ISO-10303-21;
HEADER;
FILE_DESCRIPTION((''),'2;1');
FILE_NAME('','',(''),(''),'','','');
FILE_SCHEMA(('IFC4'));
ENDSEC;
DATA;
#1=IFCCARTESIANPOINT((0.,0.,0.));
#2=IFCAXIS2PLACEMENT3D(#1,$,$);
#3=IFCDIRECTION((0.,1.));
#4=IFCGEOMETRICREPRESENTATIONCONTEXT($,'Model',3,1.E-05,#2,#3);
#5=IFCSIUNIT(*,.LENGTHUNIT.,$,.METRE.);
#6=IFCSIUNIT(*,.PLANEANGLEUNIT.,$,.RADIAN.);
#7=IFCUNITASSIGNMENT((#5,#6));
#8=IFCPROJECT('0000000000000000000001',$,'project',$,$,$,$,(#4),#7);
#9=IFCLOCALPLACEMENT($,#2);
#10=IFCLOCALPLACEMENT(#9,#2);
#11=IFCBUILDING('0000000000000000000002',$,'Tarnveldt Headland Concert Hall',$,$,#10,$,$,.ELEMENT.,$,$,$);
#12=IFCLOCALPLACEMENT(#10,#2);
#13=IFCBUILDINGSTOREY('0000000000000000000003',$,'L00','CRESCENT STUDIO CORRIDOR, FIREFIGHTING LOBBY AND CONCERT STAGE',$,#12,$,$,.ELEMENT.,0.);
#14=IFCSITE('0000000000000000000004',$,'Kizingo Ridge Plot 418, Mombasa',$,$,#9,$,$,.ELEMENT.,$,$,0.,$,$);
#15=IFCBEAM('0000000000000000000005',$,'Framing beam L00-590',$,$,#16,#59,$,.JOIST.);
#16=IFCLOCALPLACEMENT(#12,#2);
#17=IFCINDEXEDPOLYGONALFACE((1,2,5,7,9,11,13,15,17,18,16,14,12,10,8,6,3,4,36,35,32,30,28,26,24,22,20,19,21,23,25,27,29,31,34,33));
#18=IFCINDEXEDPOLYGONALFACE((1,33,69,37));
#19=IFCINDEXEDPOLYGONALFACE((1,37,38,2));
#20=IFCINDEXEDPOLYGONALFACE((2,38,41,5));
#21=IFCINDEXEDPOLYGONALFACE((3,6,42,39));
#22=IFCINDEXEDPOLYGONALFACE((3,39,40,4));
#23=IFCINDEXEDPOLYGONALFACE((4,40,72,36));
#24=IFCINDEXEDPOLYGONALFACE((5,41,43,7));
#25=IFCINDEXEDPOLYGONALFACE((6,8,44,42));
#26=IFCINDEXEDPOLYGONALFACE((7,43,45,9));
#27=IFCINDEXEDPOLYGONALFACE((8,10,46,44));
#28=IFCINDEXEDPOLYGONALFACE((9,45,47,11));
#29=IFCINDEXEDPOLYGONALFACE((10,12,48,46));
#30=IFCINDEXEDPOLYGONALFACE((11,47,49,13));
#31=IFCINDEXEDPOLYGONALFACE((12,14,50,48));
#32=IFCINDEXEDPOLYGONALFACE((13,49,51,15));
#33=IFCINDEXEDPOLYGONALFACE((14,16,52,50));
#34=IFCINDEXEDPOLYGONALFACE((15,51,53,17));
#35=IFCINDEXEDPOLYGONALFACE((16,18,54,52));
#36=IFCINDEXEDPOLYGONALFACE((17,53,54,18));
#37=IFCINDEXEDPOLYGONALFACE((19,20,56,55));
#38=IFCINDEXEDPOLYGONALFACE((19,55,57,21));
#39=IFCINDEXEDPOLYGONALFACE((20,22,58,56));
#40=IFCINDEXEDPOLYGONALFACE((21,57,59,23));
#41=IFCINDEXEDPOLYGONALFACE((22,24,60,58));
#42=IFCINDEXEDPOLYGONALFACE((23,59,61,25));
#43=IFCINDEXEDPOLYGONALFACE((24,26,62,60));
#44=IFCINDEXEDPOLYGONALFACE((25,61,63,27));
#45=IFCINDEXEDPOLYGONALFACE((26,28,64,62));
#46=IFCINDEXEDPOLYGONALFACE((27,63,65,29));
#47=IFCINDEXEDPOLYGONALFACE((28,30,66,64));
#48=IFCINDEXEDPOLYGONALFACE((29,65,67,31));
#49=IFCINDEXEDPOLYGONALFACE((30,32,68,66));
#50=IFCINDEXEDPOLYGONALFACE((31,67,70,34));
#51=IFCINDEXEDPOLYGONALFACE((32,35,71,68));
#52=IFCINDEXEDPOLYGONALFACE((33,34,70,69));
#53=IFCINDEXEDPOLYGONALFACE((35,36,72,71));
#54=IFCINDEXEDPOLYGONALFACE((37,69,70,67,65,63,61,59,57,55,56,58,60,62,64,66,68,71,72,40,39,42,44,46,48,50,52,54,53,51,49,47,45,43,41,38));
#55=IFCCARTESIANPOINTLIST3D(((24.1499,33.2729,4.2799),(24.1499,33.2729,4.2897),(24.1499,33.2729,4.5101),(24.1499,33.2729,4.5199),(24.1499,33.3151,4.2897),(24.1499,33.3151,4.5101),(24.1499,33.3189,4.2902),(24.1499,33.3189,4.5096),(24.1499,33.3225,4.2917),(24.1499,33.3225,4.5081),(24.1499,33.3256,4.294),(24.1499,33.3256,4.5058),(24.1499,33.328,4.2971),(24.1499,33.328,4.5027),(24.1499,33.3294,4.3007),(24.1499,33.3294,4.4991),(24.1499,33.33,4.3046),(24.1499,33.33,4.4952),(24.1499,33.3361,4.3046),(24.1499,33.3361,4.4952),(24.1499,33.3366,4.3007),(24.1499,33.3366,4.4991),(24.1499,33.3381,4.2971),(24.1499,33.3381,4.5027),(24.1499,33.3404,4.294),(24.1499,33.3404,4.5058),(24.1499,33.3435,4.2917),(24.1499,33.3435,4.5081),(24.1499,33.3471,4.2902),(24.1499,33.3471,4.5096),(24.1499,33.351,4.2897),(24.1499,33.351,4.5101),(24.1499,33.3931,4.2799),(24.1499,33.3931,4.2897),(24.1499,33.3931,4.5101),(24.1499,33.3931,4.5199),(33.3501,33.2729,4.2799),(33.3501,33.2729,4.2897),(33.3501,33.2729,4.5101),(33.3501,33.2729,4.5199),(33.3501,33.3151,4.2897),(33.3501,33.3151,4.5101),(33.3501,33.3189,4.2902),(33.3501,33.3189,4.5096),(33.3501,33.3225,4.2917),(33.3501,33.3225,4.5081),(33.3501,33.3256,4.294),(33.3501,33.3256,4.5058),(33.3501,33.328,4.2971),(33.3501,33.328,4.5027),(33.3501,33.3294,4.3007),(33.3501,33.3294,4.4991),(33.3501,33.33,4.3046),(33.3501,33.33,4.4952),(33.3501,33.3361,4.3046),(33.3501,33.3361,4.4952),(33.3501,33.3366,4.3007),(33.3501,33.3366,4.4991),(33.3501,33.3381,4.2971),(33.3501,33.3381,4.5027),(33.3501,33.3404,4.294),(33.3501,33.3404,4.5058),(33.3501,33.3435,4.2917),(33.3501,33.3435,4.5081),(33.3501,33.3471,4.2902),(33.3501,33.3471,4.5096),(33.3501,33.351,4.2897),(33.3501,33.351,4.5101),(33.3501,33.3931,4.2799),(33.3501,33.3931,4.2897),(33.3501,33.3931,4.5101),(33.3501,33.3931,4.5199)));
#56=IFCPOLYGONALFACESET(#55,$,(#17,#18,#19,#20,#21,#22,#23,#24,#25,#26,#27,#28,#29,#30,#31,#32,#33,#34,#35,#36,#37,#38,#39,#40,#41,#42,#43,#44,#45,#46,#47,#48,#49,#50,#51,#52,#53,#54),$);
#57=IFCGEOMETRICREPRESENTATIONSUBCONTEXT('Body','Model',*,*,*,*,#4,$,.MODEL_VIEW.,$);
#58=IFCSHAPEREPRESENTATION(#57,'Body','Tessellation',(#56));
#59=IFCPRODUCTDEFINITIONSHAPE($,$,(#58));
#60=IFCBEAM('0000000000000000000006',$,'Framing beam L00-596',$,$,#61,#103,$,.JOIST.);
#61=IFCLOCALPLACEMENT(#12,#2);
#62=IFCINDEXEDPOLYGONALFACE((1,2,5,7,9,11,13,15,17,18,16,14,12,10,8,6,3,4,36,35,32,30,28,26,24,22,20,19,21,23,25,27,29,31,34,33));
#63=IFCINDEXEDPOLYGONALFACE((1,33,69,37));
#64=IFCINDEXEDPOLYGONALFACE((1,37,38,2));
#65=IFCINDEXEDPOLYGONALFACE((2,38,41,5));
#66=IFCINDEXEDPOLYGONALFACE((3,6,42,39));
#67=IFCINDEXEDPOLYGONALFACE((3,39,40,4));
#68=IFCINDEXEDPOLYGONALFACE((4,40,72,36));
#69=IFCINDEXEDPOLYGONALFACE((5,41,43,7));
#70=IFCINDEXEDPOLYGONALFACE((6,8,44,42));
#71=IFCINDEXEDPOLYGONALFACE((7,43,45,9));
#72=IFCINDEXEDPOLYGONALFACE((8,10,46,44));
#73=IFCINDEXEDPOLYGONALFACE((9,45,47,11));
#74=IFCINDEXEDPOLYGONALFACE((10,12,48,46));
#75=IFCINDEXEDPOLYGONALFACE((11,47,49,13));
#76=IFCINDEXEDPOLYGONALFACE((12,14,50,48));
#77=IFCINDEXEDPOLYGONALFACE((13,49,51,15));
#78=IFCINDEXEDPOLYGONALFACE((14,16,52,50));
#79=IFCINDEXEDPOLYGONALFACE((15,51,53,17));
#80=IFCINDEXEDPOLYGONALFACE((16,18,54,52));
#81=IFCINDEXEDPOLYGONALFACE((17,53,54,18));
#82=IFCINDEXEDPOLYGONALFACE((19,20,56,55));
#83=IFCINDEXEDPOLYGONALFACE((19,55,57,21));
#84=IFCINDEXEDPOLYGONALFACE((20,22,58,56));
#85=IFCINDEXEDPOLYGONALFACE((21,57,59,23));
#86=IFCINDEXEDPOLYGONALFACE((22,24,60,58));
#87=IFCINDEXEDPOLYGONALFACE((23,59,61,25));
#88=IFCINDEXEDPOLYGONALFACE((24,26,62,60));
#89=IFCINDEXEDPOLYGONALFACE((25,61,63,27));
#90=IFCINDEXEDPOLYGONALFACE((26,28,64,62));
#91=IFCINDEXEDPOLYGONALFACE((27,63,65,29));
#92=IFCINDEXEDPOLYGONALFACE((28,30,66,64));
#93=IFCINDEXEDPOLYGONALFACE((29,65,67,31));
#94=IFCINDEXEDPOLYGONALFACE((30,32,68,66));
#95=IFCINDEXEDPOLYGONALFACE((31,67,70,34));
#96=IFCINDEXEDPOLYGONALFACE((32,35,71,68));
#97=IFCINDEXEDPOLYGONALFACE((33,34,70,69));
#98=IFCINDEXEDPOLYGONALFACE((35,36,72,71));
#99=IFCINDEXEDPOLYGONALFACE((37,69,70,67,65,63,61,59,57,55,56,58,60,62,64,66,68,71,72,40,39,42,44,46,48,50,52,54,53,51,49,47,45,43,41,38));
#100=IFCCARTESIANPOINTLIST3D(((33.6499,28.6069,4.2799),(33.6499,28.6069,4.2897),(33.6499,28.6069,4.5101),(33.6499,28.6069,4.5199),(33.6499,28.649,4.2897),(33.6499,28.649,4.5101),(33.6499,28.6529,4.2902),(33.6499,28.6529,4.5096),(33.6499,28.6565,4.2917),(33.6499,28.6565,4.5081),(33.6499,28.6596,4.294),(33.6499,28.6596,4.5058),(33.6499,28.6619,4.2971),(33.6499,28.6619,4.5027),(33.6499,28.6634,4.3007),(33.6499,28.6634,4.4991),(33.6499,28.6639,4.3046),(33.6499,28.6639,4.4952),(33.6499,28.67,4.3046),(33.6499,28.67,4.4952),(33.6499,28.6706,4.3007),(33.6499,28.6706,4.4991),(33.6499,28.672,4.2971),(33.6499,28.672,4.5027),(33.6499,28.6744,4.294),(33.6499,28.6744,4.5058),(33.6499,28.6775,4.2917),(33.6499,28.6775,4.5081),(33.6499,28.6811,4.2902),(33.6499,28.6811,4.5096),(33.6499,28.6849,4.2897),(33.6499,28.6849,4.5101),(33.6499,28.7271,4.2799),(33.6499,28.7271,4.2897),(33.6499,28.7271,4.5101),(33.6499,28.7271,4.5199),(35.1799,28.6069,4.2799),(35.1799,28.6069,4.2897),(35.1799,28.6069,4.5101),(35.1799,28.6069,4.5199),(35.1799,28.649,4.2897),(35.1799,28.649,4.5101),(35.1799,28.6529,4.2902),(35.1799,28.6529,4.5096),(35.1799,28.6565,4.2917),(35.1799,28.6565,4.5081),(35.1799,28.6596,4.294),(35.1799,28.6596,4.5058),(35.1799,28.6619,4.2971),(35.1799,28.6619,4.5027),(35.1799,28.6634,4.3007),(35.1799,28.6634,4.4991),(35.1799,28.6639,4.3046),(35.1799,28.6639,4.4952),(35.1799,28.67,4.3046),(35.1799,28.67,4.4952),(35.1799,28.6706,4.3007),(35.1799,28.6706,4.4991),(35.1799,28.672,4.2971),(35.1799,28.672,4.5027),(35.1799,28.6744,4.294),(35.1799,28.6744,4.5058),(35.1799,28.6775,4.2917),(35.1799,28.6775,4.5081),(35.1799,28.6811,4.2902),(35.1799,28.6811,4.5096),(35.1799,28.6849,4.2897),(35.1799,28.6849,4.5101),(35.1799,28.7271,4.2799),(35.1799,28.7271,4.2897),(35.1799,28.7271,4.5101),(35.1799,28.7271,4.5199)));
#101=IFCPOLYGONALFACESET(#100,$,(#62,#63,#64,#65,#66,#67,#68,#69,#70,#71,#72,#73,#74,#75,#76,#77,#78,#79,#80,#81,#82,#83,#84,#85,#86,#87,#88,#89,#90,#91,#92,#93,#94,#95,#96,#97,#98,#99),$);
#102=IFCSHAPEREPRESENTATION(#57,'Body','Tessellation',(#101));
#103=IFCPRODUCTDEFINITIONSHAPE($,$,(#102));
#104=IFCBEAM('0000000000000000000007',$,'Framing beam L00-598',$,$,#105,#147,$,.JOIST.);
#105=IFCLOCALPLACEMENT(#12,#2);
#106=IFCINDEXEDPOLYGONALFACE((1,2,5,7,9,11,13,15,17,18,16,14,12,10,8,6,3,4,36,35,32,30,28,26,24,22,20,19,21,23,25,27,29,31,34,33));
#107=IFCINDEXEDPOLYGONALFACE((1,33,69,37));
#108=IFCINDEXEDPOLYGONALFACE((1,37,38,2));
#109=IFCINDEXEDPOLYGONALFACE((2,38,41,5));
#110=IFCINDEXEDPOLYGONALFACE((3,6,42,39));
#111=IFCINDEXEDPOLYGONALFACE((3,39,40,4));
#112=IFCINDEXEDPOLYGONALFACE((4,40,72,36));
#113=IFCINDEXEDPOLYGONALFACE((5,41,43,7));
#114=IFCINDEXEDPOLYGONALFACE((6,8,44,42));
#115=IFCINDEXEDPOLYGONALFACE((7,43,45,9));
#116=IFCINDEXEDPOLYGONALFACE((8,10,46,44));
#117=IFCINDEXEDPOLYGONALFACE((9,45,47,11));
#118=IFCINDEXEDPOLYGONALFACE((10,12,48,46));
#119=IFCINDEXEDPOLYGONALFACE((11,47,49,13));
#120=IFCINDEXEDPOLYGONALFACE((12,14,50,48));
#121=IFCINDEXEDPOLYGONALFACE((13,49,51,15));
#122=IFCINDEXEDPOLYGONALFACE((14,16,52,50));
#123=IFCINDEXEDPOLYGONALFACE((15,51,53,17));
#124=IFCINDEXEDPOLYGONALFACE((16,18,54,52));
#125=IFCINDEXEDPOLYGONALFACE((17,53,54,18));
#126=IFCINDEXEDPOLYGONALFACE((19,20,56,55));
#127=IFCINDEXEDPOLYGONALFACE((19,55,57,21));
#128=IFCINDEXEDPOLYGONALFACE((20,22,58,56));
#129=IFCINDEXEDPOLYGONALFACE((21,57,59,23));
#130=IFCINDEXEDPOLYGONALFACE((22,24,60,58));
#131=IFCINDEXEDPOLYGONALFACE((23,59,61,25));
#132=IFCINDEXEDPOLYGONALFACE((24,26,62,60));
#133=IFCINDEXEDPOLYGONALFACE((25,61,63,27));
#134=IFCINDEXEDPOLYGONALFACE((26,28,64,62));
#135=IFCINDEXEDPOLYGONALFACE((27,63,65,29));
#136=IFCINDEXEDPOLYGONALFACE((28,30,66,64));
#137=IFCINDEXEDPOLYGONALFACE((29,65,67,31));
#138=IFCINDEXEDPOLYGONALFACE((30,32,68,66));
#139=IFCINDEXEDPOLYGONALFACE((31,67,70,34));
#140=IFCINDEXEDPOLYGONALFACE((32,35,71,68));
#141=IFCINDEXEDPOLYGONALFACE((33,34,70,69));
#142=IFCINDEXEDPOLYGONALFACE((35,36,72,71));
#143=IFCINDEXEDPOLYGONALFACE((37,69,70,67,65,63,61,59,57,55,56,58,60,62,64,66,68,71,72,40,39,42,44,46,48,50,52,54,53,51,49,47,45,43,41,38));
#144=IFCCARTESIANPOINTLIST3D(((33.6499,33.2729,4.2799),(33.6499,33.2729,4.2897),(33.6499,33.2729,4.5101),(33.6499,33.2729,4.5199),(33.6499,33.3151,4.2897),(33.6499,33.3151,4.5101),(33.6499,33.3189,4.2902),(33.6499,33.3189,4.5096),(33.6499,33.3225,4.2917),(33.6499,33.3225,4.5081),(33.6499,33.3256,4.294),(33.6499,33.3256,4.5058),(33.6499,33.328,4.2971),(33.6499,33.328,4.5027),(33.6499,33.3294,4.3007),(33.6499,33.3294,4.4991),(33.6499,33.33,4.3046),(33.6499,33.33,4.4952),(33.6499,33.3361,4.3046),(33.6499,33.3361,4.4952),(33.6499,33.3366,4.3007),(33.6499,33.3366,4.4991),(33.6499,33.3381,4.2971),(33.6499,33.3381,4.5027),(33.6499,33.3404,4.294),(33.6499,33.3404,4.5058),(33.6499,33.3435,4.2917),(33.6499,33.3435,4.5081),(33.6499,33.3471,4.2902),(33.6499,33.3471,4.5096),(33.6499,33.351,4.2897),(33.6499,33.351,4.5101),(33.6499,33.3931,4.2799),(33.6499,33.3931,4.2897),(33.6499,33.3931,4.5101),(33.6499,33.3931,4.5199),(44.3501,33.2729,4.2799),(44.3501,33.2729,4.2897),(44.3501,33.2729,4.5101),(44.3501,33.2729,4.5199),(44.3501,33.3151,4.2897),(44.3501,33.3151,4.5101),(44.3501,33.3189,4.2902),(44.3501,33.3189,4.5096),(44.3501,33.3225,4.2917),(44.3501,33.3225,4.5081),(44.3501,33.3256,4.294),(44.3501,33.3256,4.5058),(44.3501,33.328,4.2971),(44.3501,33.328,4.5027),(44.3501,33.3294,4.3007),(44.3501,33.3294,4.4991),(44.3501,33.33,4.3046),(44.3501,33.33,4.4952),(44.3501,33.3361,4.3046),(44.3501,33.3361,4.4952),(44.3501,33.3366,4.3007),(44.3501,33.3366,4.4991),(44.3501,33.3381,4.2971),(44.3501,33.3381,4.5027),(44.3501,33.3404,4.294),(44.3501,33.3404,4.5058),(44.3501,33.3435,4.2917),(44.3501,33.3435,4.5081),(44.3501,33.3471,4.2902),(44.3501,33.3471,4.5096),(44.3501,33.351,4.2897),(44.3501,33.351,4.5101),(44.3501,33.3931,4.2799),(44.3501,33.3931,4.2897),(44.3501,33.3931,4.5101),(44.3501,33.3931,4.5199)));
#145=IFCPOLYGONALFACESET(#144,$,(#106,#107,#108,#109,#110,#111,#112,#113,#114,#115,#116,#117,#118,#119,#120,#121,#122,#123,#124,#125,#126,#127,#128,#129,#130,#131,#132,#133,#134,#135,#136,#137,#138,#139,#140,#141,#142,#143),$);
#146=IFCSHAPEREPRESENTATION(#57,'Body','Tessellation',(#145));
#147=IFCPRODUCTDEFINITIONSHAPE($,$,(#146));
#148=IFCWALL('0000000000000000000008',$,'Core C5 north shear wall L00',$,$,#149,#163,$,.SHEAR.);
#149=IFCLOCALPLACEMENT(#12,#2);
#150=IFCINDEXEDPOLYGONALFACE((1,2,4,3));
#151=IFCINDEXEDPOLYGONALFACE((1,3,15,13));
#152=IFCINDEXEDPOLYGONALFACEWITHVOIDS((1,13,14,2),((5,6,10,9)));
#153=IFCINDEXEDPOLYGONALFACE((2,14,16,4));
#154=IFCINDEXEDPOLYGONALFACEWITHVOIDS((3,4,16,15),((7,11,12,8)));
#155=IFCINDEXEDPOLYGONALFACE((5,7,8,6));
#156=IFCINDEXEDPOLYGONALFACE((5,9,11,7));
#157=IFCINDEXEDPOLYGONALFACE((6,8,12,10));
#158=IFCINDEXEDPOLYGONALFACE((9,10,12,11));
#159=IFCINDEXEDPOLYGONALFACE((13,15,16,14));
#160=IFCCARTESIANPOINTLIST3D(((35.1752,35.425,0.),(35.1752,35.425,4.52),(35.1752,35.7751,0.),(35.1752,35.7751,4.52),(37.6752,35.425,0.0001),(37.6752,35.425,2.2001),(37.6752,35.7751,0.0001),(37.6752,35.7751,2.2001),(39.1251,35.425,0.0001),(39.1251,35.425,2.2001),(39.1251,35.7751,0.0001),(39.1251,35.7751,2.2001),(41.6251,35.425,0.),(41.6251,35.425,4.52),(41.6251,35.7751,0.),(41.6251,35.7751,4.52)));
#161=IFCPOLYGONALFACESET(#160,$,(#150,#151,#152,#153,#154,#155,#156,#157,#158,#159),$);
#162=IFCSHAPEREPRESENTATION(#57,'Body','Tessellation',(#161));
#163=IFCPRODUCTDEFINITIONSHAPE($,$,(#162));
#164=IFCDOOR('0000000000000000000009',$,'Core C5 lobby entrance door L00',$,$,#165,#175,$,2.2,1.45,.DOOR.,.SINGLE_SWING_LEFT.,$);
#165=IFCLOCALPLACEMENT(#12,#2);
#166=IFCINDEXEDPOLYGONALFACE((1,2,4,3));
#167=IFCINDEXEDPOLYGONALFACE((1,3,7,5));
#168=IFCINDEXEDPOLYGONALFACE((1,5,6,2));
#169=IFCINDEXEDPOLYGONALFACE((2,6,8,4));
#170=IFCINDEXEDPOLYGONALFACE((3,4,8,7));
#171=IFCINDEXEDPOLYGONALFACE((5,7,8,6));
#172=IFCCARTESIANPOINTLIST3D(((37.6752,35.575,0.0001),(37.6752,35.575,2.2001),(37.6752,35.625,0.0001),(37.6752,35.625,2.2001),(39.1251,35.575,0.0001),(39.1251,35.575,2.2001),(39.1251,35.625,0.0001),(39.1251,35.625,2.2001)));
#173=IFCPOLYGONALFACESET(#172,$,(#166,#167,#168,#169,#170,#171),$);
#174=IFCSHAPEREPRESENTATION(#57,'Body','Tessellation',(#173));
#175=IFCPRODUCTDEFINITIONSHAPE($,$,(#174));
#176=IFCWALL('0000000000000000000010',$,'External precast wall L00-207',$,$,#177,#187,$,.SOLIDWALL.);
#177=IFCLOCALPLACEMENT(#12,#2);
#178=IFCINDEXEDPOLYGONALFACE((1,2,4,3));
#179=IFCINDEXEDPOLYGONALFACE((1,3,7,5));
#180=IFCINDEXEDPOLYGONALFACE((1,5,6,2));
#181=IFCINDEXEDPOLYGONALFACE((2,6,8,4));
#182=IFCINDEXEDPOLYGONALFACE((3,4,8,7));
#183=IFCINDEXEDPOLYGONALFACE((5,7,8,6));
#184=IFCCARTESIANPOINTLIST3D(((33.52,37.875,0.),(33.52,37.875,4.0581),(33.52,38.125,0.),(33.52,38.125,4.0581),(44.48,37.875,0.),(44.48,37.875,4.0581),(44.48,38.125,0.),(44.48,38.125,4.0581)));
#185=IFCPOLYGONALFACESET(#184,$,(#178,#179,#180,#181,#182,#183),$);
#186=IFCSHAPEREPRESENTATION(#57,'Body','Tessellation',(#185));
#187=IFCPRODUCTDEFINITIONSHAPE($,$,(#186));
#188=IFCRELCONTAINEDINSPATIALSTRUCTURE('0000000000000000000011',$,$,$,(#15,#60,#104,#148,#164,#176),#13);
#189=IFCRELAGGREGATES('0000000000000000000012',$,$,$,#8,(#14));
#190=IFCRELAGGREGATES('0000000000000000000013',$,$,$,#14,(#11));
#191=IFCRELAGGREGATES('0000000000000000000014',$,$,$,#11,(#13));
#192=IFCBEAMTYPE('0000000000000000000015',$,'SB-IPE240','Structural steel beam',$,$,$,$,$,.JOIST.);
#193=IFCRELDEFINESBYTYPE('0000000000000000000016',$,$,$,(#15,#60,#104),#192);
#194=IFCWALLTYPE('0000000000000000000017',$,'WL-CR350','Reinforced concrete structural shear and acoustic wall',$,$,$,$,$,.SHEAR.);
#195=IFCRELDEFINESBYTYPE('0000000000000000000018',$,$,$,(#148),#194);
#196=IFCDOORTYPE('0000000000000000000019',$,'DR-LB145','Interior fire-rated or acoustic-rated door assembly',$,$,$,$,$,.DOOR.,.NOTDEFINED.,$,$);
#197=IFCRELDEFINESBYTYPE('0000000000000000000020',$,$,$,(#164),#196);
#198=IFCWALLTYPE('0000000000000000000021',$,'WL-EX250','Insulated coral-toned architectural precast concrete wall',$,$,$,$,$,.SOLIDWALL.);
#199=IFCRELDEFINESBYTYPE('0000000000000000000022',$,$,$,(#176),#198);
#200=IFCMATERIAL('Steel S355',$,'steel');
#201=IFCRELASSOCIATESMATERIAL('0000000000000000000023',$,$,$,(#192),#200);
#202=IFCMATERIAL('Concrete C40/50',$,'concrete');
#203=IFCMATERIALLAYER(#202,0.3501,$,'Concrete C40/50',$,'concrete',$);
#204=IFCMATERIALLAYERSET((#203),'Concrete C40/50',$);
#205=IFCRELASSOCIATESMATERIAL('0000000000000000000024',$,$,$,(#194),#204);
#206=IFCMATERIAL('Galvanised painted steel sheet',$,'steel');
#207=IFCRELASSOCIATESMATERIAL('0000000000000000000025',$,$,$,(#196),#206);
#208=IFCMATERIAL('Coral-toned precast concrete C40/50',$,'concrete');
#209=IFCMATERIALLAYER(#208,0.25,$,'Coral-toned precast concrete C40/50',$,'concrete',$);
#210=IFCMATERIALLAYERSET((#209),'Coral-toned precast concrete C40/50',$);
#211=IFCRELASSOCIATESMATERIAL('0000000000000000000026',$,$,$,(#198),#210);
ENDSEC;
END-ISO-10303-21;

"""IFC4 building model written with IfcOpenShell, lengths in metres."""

from ifc_helpers import new_model, si_unit, direction, frame, frame_2d, origin, origin_2d, place, context, subcontext, project, spatial, rectangle, i_section, extrude, material, layer, layer_set, material_profile, profile_set, type_object, element, fill, save


model = new_model("IFC4")

# Units and contexts
model_context = context("Model", 3, precision=1e-05, world=origin(), true_north=direction((0.0, 1.0)))
body_context = subcontext(model_context, "Body", "Model", "MODEL_VIEW")
ifc_project = project(units=[si_unit("LENGTHUNIT", "METRE"), si_unit("PLANEANGLEUNIT", "RADIAN")], contexts=[model_context])

# Site, building, storey
site_placement = place(None, origin())
site = spatial("IfcSite", under=ifc_project, at=site_placement, Name="Kizingo Ridge Plot 418, Mombasa", CompositionType="ELEMENT", RefElevation=0.0)
building_placement = place(site_placement, origin())
building = spatial("IfcBuilding", under=site, at=building_placement, Name="Tarnveldt Headland Concert Hall", CompositionType="ELEMENT")
storey_placement = place(building_placement, origin())
storey = spatial("IfcBuildingStorey", under=building, at=storey_placement, Name="L00", Description="CRESCENT STUDIO CORRIDOR, FIREFIGHTING LOBBY AND CONCERT STAGE", CompositionType="ELEMENT", Elevation=0.0)

# Shared definitions
ifc_material_1 = material(Name="Concrete C40/50", Category="concrete")

# Beams
ifc_material_2 = material(Name="Steel S355", Category="steel")
ifc_material_profile_1 = material_profile(ifc_material_2, i_section(OverallWidth=0.1201, OverallDepth=0.24, WebThickness=0.0061, FlangeThickness=0.0098, FilletRadius=0.0149, at=origin_2d()), Name="IPE240", Category="steel")
ifc_profile_set_1 = profile_set([ifc_material_profile_1], Name="Steel S355")
beam_type_1 = type_object("IfcBeamType", Name="SB-IPE240", Description="Structural steel beam", PredefinedType="JOIST", material=ifc_profile_set_1)
for number, where, z_axis, x_axis, name in (
    (1, (24.1499, 33.333, 4.3999), (1.0, 0.0, 0.0), (0.0, 1.0, 0.0), "Framing beam L00-590"),
):
    element("IfcBeam", number, at=place(storey_placement, frame(where, z_axis=z_axis, x_axis=x_axis)), inside=storey, type_object=beam_type_1, Name=name, PredefinedType="JOIST", context=body_context, shape_type="SweptSolid", body=[
        extrude(i_section(OverallWidth=0.1201, OverallDepth=0.24, WebThickness=0.0061, FlangeThickness=0.0098, FilletRadius=0.0149, at=origin_2d()), origin(), (0.0, 0.0, 1.0), 9.2002),
    ])
beam_1_placement = place(storey_placement, frame((33.6499, 28.667, 4.3999), z_axis=(1.0, 0.0, 0.0), x_axis=(0.0, 1.0, 0.0)))
element("IfcBeam", 2, at=beam_1_placement, inside=storey, type_object=beam_type_1, Name="Framing beam L00-596", PredefinedType="JOIST", context=body_context, shape_type="SweptSolid", body=[
    extrude(i_section(OverallWidth=0.1201, OverallDepth=0.24, WebThickness=0.0061, FlangeThickness=0.0098, FilletRadius=0.0149, at=origin_2d()), origin(), (0.0, 0.0, 1.0), 1.53),
])
beam_2_placement = place(storey_placement, frame((33.6499, 33.333, 4.3999), z_axis=(1.0, 0.0, 0.0), x_axis=(0.0, 1.0, 0.0)))
element("IfcBeam", 3, at=beam_2_placement, inside=storey, type_object=beam_type_1, Name="Framing beam L00-598", PredefinedType="JOIST", context=body_context, shape_type="SweptSolid", body=[
    extrude(i_section(OverallWidth=0.1201, OverallDepth=0.24, WebThickness=0.0061, FlangeThickness=0.0098, FilletRadius=0.0149, at=origin_2d()), origin(), (0.0, 0.0, 1.0), 10.7002),
])

# Wall, opening, door
ifc_layer_1 = layer(ifc_material_1, 0.3501, Name="Concrete C40/50", Category="concrete")
ifc_layer_set_1 = layer_set([ifc_layer_1], Name="Concrete C40/50")
wall_type_1 = type_object("IfcWallType", Name="WL-CR350", Description="Reinforced concrete structural shear and acoustic wall", PredefinedType="SHEAR", material=ifc_layer_set_1)
wall_1_placement = place(storey_placement, frame((35.175, 35.6001, 0.0), z_axis=(0.0, 0.0, 1.0), x_axis=(1.0, 0.0, 0.0)))
wall_1 = element("IfcWall", 4, at=wall_1_placement, inside=storey, type_object=wall_type_1, Name="Core C5 north shear wall L00", PredefinedType="SHEAR", context=body_context, shape_type="SweptSolid", body=[
    extrude(rectangle(XDim=6.45, YDim=0.3501, at=frame_2d((3.2251, 0.0))), origin(), (0.0, 0.0, 1.0), 4.52),
])
opening_1_placement = place(wall_1_placement, frame((2.5, 0.0, 0.0)))
opening_1 = element("IfcOpeningElement", 5, at=opening_1_placement, cuts=wall_1, PredefinedType="OPENING", context=body_context, shape_type="SweptSolid", body=[
    extrude(rectangle(XDim=1.45, YDim=2.2, at=frame_2d((0.7251, 1.1001))), frame((0.0, 0.1851, 0.0), z_axis=(0.0, -1.0, 0.0), x_axis=(1.0, 0.0, 0.0)), (0.0, 0.0, 1.0), 0.3701),
])
ifc_material_3 = material(Name="Galvanised painted steel sheet", Category="steel")
door_type_1 = type_object("IfcDoorType", Name="DR-LB145", Description="Interior fire-rated or acoustic-rated door assembly", OperationType="NOTDEFINED", PredefinedType="DOOR", material=ifc_material_3)
door_1_placement = place(opening_1_placement, origin())
door_1 = element("IfcDoor", 6, at=door_1_placement, inside=storey, type_object=door_type_1, Name="Core C5 lobby entrance door L00", OperationType="SINGLE_SWING_LEFT", OverallHeight=2.2, OverallWidth=1.45, PredefinedType="DOOR", context=body_context, shape_type="SweptSolid", body=[
    extrude(rectangle(XDim=1.45, YDim=2.2, at=frame_2d((0.7251, 1.1001))), frame((0.0, 0.0249, 0.0), z_axis=(0.0, -1.0, 0.0), x_axis=(1.0, 0.0, 0.0)), (0.0, 0.0, 1.0), 0.05),
])
fill(opening_1, door_1)

# Wall
ifc_material_4 = material(Name="Coral-toned precast concrete C40/50", Category="concrete")
ifc_layer_2 = layer(ifc_material_4, 0.25, Name="Coral-toned precast concrete C40/50", Category="concrete")
ifc_layer_set_2 = layer_set([ifc_layer_2], Name="Coral-toned precast concrete C40/50")
wall_type_2 = type_object("IfcWallType", Name="WL-EX250", Description="Insulated coral-toned architectural precast concrete wall", PredefinedType="SOLIDWALL", material=ifc_layer_set_2)
wall_2_placement = place(storey_placement, frame((33.52, 38.0, 0.0), z_axis=(0.0, 0.0, 1.0), x_axis=(1.0, 0.0, 0.0)))
element("IfcWall", 7, at=wall_2_placement, inside=storey, type_object=wall_type_2, Name="External precast wall L00-207", PredefinedType="SOLIDWALL", context=body_context, shape_type="SweptSolid", body=[
    extrude(rectangle(XDim=10.96, YDim=0.25, at=frame_2d((5.48, 0.0))), origin(), (0.0, 0.0, 1.0), 4.0581),
])

save(model, "model.ifc")
